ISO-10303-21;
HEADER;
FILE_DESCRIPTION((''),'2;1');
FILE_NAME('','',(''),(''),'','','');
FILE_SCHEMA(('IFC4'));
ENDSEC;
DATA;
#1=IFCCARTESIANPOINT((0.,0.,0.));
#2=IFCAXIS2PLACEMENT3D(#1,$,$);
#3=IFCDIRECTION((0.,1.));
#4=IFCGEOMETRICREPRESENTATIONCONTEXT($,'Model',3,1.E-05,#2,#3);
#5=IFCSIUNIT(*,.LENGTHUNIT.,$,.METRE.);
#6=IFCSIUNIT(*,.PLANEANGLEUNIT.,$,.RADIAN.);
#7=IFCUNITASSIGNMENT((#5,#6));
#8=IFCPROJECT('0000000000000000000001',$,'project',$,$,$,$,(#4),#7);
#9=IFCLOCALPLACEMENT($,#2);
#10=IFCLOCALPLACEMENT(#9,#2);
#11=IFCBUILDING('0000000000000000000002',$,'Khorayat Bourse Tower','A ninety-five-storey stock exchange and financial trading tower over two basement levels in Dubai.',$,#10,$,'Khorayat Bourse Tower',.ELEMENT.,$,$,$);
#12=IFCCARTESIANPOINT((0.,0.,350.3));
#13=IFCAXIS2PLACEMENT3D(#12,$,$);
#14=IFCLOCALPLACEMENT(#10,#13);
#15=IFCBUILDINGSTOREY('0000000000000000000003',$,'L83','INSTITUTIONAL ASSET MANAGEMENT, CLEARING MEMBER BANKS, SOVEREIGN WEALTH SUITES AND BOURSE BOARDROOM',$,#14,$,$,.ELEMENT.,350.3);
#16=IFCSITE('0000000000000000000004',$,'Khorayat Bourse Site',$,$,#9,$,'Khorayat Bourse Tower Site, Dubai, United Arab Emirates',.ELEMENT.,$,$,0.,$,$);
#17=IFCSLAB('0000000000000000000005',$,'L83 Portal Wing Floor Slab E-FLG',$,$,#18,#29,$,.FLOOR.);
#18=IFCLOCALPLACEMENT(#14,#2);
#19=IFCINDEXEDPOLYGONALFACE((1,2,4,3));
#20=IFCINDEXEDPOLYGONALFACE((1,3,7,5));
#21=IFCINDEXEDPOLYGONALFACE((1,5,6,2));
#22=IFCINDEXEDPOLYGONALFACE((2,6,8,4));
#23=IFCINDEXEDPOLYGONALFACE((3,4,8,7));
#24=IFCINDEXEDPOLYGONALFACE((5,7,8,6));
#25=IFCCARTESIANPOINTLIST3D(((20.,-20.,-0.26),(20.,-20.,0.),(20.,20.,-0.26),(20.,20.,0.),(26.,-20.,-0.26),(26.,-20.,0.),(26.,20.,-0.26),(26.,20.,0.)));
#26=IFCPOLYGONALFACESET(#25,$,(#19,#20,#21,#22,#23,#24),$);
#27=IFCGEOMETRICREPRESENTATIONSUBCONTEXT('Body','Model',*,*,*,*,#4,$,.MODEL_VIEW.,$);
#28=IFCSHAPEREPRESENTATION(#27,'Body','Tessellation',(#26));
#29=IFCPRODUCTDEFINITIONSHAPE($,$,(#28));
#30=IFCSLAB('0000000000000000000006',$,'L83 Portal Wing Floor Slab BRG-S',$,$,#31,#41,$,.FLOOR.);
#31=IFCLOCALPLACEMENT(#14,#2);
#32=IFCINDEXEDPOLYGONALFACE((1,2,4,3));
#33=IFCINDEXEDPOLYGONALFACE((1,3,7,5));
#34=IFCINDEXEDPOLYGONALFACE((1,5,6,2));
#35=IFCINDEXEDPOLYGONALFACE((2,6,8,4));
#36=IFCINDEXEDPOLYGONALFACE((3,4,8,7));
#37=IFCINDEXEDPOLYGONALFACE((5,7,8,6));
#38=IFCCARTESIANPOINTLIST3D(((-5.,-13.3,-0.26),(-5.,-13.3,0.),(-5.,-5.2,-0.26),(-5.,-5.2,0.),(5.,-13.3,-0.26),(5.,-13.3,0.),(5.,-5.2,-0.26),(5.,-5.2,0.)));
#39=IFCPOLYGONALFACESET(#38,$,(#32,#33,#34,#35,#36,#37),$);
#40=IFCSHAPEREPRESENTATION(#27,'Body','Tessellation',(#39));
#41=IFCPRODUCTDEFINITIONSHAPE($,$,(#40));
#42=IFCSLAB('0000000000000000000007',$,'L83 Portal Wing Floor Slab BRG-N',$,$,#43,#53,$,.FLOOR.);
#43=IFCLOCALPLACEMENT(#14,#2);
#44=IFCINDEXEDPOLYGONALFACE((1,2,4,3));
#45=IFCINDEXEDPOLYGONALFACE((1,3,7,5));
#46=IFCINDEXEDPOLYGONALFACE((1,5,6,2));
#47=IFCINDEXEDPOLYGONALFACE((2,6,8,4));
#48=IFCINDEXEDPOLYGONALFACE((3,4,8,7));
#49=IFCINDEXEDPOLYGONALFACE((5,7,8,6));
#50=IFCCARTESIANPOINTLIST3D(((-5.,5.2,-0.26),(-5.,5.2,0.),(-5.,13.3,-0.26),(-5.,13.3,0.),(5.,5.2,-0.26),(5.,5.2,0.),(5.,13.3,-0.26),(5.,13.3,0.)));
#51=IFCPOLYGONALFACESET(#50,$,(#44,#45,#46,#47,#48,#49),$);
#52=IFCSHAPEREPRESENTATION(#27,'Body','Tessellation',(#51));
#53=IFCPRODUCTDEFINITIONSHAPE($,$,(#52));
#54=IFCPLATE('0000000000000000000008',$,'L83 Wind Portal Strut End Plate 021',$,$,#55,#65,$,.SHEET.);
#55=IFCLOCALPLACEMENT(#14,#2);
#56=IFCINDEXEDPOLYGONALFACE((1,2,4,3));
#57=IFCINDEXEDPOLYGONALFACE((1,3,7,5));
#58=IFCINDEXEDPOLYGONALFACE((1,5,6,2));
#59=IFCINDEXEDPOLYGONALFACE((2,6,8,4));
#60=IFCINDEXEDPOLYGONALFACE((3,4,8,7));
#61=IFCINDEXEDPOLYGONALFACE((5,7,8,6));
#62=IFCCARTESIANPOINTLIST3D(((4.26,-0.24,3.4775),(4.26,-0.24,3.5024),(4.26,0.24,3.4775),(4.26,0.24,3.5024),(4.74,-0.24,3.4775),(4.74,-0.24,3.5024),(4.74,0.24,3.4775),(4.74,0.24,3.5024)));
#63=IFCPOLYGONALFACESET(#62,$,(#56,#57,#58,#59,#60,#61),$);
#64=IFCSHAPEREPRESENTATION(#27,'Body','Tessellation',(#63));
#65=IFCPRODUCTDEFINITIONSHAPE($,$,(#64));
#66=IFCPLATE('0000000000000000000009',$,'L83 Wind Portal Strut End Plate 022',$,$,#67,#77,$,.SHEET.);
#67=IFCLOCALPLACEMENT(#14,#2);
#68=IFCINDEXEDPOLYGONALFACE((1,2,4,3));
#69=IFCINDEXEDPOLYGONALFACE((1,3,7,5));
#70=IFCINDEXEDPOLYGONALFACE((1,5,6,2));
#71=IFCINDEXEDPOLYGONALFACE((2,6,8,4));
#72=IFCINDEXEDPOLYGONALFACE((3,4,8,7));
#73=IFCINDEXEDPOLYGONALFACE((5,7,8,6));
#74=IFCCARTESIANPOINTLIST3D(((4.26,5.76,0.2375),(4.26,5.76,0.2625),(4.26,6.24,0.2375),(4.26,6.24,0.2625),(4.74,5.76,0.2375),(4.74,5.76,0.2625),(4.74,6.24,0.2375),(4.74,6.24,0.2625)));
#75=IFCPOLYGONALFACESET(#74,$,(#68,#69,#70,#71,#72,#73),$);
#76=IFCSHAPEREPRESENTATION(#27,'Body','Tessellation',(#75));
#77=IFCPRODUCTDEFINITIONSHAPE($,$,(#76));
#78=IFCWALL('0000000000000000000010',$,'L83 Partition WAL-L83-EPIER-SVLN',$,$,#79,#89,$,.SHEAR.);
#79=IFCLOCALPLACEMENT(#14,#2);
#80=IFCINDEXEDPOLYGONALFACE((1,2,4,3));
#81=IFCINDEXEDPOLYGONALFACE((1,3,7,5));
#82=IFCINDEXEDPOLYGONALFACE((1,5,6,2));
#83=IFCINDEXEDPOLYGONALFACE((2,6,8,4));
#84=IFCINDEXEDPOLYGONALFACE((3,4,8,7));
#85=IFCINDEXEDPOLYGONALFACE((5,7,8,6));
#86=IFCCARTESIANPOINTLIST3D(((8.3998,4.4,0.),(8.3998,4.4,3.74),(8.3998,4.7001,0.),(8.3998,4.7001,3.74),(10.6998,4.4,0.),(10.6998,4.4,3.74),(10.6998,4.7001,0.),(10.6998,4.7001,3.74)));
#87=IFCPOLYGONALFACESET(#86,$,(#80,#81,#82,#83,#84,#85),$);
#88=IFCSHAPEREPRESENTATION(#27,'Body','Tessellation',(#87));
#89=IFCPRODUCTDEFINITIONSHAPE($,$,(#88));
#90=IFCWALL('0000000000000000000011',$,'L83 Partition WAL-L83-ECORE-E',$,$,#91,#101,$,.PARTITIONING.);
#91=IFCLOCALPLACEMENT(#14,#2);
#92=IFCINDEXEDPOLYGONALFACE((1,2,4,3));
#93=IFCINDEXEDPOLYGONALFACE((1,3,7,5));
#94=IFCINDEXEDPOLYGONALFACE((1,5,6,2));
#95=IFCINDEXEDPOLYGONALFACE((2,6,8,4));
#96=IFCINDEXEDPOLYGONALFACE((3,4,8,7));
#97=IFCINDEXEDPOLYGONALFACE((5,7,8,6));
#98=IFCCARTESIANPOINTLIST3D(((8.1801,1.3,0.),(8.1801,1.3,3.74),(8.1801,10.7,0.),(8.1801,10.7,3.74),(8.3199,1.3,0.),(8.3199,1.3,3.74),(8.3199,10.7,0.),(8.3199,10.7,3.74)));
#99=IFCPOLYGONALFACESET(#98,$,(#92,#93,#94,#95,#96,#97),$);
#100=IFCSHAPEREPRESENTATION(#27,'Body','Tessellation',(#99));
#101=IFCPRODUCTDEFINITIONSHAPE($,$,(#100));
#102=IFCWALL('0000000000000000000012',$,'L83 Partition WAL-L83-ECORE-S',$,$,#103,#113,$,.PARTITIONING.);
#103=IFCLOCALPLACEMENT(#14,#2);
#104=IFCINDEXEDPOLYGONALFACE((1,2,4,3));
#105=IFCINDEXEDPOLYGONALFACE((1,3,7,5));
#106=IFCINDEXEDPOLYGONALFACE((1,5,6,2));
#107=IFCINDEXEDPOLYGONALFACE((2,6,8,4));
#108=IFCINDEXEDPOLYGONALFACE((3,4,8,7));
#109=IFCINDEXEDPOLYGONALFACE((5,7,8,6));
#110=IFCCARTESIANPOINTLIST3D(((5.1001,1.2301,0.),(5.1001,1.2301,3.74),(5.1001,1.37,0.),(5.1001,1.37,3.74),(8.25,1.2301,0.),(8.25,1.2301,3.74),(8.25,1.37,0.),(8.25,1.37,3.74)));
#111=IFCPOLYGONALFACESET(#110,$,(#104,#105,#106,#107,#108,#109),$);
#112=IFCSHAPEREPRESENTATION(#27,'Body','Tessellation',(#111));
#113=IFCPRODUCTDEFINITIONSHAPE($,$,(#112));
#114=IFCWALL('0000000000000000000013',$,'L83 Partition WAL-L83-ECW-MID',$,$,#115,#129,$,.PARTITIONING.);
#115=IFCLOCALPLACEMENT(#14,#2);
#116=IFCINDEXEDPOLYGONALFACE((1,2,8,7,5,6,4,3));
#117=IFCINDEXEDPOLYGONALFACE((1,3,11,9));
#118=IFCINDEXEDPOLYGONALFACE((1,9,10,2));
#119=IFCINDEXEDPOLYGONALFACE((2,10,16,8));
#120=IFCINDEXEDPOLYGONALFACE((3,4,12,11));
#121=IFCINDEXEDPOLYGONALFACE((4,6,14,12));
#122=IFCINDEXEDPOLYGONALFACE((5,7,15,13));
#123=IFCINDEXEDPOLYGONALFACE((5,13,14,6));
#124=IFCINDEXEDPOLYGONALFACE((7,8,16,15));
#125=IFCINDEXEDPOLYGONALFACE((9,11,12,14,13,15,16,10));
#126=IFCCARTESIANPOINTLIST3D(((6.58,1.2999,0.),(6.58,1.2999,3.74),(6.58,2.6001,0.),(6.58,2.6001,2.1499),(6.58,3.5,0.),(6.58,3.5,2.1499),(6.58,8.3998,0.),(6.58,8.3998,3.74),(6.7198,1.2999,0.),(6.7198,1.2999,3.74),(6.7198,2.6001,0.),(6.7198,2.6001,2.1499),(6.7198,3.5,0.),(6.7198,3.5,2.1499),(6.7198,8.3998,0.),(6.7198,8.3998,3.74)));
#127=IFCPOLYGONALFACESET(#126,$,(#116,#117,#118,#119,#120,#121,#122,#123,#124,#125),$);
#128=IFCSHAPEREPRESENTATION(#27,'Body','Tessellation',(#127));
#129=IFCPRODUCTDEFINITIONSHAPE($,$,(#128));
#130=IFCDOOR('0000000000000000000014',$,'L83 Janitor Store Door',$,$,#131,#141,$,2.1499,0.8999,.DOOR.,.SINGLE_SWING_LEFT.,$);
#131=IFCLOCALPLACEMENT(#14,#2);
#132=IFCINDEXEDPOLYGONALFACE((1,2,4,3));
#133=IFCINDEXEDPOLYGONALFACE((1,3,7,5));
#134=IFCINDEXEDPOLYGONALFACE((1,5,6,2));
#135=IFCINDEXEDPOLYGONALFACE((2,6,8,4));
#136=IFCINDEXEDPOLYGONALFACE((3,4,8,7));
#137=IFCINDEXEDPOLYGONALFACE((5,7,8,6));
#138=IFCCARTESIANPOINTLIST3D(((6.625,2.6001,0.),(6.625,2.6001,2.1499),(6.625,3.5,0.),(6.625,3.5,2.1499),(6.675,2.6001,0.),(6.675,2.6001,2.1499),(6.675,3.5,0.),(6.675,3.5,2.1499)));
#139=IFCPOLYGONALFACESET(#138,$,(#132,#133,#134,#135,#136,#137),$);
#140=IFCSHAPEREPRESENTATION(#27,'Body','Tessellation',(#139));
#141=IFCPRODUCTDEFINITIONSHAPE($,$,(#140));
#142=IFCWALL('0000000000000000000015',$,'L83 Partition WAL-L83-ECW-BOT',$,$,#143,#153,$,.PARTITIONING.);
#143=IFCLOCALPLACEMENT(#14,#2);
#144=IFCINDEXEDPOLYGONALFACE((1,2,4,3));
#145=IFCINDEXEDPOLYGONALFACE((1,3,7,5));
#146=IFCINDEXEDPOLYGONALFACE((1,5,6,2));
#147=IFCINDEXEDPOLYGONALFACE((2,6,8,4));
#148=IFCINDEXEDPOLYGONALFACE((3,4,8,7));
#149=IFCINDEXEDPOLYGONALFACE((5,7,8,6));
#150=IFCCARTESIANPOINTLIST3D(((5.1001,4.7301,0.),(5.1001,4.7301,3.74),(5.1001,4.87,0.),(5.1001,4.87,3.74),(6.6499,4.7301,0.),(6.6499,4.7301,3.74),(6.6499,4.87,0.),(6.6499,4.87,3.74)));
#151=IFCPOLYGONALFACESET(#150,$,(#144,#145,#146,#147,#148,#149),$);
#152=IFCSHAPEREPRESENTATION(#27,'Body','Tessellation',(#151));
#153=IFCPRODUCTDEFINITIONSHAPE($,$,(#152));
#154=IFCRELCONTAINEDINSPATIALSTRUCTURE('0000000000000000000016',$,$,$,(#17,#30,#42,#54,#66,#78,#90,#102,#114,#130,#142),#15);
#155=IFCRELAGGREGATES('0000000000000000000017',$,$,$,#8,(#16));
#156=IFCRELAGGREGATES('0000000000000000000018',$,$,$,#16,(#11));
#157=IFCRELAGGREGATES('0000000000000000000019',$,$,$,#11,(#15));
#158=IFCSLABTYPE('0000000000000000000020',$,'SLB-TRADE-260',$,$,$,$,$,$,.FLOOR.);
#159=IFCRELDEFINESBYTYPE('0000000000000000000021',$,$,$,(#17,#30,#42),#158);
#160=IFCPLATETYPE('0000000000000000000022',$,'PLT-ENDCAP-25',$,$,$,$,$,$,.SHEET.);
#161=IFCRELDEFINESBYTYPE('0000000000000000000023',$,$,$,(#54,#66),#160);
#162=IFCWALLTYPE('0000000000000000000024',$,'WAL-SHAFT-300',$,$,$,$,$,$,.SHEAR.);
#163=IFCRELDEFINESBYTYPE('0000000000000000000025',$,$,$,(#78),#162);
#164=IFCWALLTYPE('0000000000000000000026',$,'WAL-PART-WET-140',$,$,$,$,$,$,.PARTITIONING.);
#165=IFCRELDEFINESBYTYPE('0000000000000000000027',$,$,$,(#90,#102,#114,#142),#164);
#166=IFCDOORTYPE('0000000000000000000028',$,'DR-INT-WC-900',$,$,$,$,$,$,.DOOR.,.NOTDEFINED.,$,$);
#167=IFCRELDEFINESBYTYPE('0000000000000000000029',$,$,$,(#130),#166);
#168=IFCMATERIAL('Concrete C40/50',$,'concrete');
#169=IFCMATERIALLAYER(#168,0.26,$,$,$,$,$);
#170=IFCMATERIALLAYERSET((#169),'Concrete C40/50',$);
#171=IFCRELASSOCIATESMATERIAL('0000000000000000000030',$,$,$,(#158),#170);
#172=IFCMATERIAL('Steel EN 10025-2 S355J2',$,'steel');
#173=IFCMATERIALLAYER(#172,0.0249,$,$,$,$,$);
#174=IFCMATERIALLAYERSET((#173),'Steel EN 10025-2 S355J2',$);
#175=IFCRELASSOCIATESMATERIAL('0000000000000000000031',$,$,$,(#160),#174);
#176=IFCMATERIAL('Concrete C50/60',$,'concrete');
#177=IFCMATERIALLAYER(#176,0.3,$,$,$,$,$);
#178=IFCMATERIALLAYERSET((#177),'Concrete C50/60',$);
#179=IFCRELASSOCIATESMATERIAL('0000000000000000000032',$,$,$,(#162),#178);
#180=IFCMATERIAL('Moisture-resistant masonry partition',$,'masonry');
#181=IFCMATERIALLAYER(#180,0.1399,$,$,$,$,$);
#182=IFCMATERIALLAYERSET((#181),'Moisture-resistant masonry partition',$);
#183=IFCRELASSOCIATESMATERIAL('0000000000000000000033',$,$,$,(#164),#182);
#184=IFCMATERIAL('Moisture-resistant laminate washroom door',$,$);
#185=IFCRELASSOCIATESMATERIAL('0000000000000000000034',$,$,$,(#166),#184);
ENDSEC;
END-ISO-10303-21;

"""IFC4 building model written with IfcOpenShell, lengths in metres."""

from ifc_helpers import new_model, si_unit, direction, frame, frame_2d, origin, origin_2d, place, context, subcontext, project, spatial, polyline, rectangle, outline, extrude, source, transform, mapped, material, layer, layer_set, type_object, element, fill, save


model = new_model("IFC4")

# Units and contexts
model_context = context("Model", 3, precision=1e-05, world=origin(), true_north=direction((0.0, 1.0)))
body_context = subcontext(model_context, "Body", "Model", "MODEL_VIEW")
ifc_project = project(units=[si_unit("LENGTHUNIT", "METRE"), si_unit("PLANEANGLEUNIT", "RADIAN")], contexts=[model_context])

# Site, building, storey
site_placement = place(None, origin())
site = spatial("IfcSite", under=ifc_project, at=site_placement, Name="Khorayat Bourse Site", LongName="Khorayat Bourse Tower Site, Dubai, United Arab Emirates", CompositionType="ELEMENT", RefElevation=0.0)
building_placement = place(site_placement, origin())
building = spatial("IfcBuilding", under=site, at=building_placement, Name="Khorayat Bourse Tower", Description="A ninety-five-storey stock exchange and financial trading tower over two basement levels in Dubai.", LongName="Khorayat Bourse Tower", CompositionType="ELEMENT")
storey_placement = place(building_placement, frame((0.0, 0.0, 350.3)))
storey = spatial("IfcBuildingStorey", under=building, at=storey_placement, Name="L83", Description="INSTITUTIONAL ASSET MANAGEMENT, CLEARING MEMBER BANKS, SOVEREIGN WEALTH SUITES AND BOURSE BOARDROOM", CompositionType="ELEMENT", Elevation=350.3)

# Shared definitions
ifc_material_1 = material(Name="Steel EN 10025-2 S355J2", Category="steel")

# Shared definitions
ifc_material_2 = material(Name="Concrete C40/50", Category="concrete")

# Slabs
ifc_layer_1 = layer(ifc_material_2, 0.26)
ifc_layer_set_1 = layer_set([ifc_layer_1], Name="Concrete C40/50")
slab_type_1 = type_object("IfcSlabType", Name="SLB-TRADE-260", PredefinedType="FLOOR", material=ifc_layer_set_1)
slab_1_placement = place(storey_placement, frame((0.0, 0.0, -0.26)))
element("IfcSlab", 1, at=slab_1_placement, inside=storey, type_object=slab_type_1, Name="L83 Portal Wing Floor Slab E-FLG", PredefinedType="FLOOR", context=body_context, shape_type="SweptSolid", body=[
    extrude(outline(polyline([(20.0, -20.0), (26.0, -20.0), (26.0, 20.0), (20.0, 20.0), (20.0, -20.0)])), origin(), (0.0, 0.0, 1.0), 0.26),
])
slab_2_placement = place(storey_placement, frame((0.0, 0.0, -0.26)))
element("IfcSlab", 2, at=slab_2_placement, inside=storey, type_object=slab_type_1, Name="L83 Portal Wing Floor Slab BRG-S", PredefinedType="FLOOR", context=body_context, shape_type="SweptSolid", body=[
    extrude(outline(polyline([(-5.0, -13.3), (5.0, -13.3), (5.0, -5.2), (-5.0, -5.2), (-5.0, -13.3)])), origin(), (0.0, 0.0, 1.0), 0.26),
])
slab_3_placement = place(storey_placement, frame((0.0, 0.0, -0.26)))
element("IfcSlab", 3, at=slab_3_placement, inside=storey, type_object=slab_type_1, Name="L83 Portal Wing Floor Slab BRG-N", PredefinedType="FLOOR", context=body_context, shape_type="SweptSolid", body=[
    extrude(outline(polyline([(-5.0, 5.2), (5.0, 5.2), (5.0, 13.3), (-5.0, 13.3), (-5.0, 5.2)])), origin(), (0.0, 0.0, 1.0), 0.26),
])

# Plates
ifc_layer_2 = layer(ifc_material_1, 0.0249)
ifc_layer_set_2 = layer_set([ifc_layer_2], Name="Steel EN 10025-2 S355J2")
plate_type = type_object("IfcPlateType", Name="PLT-ENDCAP-25", PredefinedType="SHEET", material=ifc_layer_set_2)
shared_shape_1 = source(origin(), body_context, "Body", "SweptSolid", [
    extrude(rectangle(XDim=0.48, YDim=0.48, at=origin_2d()), origin(), (0.0, 0.0, 1.0), 0.0249),
])
for number, where, z_axis, x_axis, name in (
    (4, (4.5, 0.0, 3.4775), (0.0, 0.0, 1.0), (1.0, 0.0, 0.0), "L83 Wind Portal Strut End Plate 021"),
    (5, (4.5, 6.0, 0.2375), (0.0, 0.0, 1.0), (1.0, 0.0, 0.0), "L83 Wind Portal Strut End Plate 022"),
):
    element("IfcPlate", number, at=place(storey_placement, frame(where, z_axis=z_axis, x_axis=x_axis)), inside=storey, type_object=plate_type, Name=name, PredefinedType="SHEET", context=body_context, shape_type="MappedRepresentation", body=[
        mapped(shared_shape_1, transform((0.0, 0.0, 0.0), scale=1.0)),
    ])

# Walls
ifc_material_3 = material(Name="Concrete C50/60", Category="concrete")
ifc_layer_3 = layer(ifc_material_3, 0.3)
ifc_layer_set_3 = layer_set([ifc_layer_3], Name="Concrete C50/60")
wall_type_1 = type_object("IfcWallType", Name="WAL-SHAFT-300", PredefinedType="SHEAR", material=ifc_layer_set_3)
shared_shape_2 = source(origin(), body_context, "Body", "SweptSolid", [
    extrude(rectangle(XDim=2.3, YDim=0.3, at=frame_2d((1.1499, 0.0))), origin(), (0.0, 0.0, 1.0), 3.74),
])
wall_1_placement = place(storey_placement, frame((8.3999, 4.55, 0.0), z_axis=(0.0, 0.0, 1.0), x_axis=(1.0, 0.0, 0.0)))
element("IfcWall", 6, at=wall_1_placement, inside=storey, type_object=wall_type_1, Name="L83 Partition WAL-L83-EPIER-SVLN", PredefinedType="SHEAR", context=body_context, shape_type="MappedRepresentation", body=[
    mapped(shared_shape_2, transform((0.0, 0.0, 0.0), scale=1.0)),
])
ifc_material_4 = material(Name="Moisture-resistant masonry partition", Category="masonry")
ifc_layer_4 = layer(ifc_material_4, 0.1399)
ifc_layer_set_4 = layer_set([ifc_layer_4], Name="Moisture-resistant masonry partition")
wall_type_2 = type_object("IfcWallType", Name="WAL-PART-WET-140", PredefinedType="PARTITIONING", material=ifc_layer_set_4)
shared_shape_3 = source(origin(), body_context, "Body", "SweptSolid", [
    extrude(rectangle(XDim=9.3999, YDim=0.1399, at=frame_2d((4.7, 0.0))), origin(), (0.0, 0.0, 1.0), 3.74),
])
wall_2_placement = place(storey_placement, frame((8.25, 1.3, 0.0), z_axis=(0.0, 0.0, 1.0), x_axis=(0.0, 1.0, 0.0)))
element("IfcWall", 7, at=wall_2_placement, inside=storey, type_object=wall_type_2, Name="L83 Partition WAL-L83-ECORE-E", PredefinedType="PARTITIONING", context=body_context, shape_type="MappedRepresentation", body=[
    mapped(shared_shape_3, transform((0.0, 0.0, 0.0), scale=1.0)),
])
shared_shape_4 = source(origin(), body_context, "Body", "SweptSolid", [
    extrude(rectangle(XDim=3.1499, YDim=0.1399, at=frame_2d((1.575, 0.0))), origin(), (0.0, 0.0, 1.0), 3.74),
])
wall_3_placement = place(storey_placement, frame((5.1001, 1.3, 0.0), z_axis=(0.0, 0.0, 1.0), x_axis=(1.0, 0.0, 0.0)))
element("IfcWall", 8, at=wall_3_placement, inside=storey, type_object=wall_type_2, Name="L83 Partition WAL-L83-ECORE-S", PredefinedType="PARTITIONING", context=body_context, shape_type="MappedRepresentation", body=[
    mapped(shared_shape_4, transform((0.0, 0.0, 0.0), scale=1.0)),
])

# Wall, opening, door
shared_shape_5 = source(origin(), body_context, "Body", "SweptSolid", [
    extrude(rectangle(XDim=7.0999, YDim=0.1399, at=frame_2d((3.5498, 0.0))), origin(), (0.0, 0.0, 1.0), 3.74),
])
wall_4_placement = place(storey_placement, frame((6.6499, 1.3, 0.0), z_axis=(0.0, 0.0, 1.0), x_axis=(0.0, 1.0, 0.0)))
wall_4 = element("IfcWall", 9, at=wall_4_placement, inside=storey, type_object=wall_type_2, Name="L83 Partition WAL-L83-ECW-MID", PredefinedType="PARTITIONING", context=body_context, shape_type="MappedRepresentation", body=[
    mapped(shared_shape_5, transform((0.0, 0.0, 0.0), scale=1.0)),
])
shared_shape_6 = source(origin(), body_context, "Body", "SweptSolid", [
    extrude(rectangle(XDim=0.8999, YDim=2.1499, at=frame_2d((0.45, 1.075))), frame((0.0, 0.0798, 0.0), z_axis=(0.0, -1.0, 0.0), x_axis=(1.0, 0.0, 0.0)), (0.0, 0.0, 1.0), 0.1599),
])
opening_placement = place(wall_4_placement, frame((1.3, 0.0, 0.0)))
opening = element("IfcOpeningElement", 10, at=opening_placement, cuts=wall_4, PredefinedType="OPENING", context=body_context, shape_type="MappedRepresentation", body=[
    mapped(shared_shape_6, transform((0.0, 0.0, 0.0), scale=1.0)),
])
ifc_material_5 = material(Name="Moisture-resistant laminate washroom door")
door_type = type_object("IfcDoorType", Name="DR-INT-WC-900", OperationType="NOTDEFINED", PredefinedType="DOOR", material=ifc_material_5)
shared_shape_7 = source(origin(), body_context, "Body", "SweptSolid", [
    extrude(rectangle(XDim=0.8999, YDim=2.1499, at=frame_2d((0.45, 1.075))), frame((0.0, 0.0249, 0.0), z_axis=(0.0, -1.0, 0.0), x_axis=(1.0, 0.0, 0.0)), (0.0, 0.0, 1.0), 0.05),
])
door_placement = place(opening_placement, origin())
door = element("IfcDoor", 11, at=door_placement, inside=storey, type_object=door_type, Name="L83 Janitor Store Door", OperationType="SINGLE_SWING_LEFT", OverallHeight=2.1499, OverallWidth=0.8999, PredefinedType="DOOR", context=body_context, shape_type="MappedRepresentation", body=[
    mapped(shared_shape_7, transform((0.0, 0.0, 0.0), scale=1.0)),
])
fill(opening, door)

# Wall
shared_shape_8 = source(origin(), body_context, "Body", "SweptSolid", [
    extrude(rectangle(XDim=1.5498, YDim=0.1399, at=frame_2d((0.7749, 0.0))), origin(), (0.0, 0.0, 1.0), 3.74),
])
wall_5_placement = place(storey_placement, frame((5.1001, 4.8, 0.0), z_axis=(0.0, 0.0, 1.0), x_axis=(1.0, 0.0, 0.0)))
element("IfcWall", 12, at=wall_5_placement, inside=storey, type_object=wall_type_2, Name="L83 Partition WAL-L83-ECW-BOT", PredefinedType="PARTITIONING", context=body_context, shape_type="MappedRepresentation", body=[
    mapped(shared_shape_8, transform((0.0, 0.0, 0.0), scale=1.0)),
])

save(model, "model.ifc")
